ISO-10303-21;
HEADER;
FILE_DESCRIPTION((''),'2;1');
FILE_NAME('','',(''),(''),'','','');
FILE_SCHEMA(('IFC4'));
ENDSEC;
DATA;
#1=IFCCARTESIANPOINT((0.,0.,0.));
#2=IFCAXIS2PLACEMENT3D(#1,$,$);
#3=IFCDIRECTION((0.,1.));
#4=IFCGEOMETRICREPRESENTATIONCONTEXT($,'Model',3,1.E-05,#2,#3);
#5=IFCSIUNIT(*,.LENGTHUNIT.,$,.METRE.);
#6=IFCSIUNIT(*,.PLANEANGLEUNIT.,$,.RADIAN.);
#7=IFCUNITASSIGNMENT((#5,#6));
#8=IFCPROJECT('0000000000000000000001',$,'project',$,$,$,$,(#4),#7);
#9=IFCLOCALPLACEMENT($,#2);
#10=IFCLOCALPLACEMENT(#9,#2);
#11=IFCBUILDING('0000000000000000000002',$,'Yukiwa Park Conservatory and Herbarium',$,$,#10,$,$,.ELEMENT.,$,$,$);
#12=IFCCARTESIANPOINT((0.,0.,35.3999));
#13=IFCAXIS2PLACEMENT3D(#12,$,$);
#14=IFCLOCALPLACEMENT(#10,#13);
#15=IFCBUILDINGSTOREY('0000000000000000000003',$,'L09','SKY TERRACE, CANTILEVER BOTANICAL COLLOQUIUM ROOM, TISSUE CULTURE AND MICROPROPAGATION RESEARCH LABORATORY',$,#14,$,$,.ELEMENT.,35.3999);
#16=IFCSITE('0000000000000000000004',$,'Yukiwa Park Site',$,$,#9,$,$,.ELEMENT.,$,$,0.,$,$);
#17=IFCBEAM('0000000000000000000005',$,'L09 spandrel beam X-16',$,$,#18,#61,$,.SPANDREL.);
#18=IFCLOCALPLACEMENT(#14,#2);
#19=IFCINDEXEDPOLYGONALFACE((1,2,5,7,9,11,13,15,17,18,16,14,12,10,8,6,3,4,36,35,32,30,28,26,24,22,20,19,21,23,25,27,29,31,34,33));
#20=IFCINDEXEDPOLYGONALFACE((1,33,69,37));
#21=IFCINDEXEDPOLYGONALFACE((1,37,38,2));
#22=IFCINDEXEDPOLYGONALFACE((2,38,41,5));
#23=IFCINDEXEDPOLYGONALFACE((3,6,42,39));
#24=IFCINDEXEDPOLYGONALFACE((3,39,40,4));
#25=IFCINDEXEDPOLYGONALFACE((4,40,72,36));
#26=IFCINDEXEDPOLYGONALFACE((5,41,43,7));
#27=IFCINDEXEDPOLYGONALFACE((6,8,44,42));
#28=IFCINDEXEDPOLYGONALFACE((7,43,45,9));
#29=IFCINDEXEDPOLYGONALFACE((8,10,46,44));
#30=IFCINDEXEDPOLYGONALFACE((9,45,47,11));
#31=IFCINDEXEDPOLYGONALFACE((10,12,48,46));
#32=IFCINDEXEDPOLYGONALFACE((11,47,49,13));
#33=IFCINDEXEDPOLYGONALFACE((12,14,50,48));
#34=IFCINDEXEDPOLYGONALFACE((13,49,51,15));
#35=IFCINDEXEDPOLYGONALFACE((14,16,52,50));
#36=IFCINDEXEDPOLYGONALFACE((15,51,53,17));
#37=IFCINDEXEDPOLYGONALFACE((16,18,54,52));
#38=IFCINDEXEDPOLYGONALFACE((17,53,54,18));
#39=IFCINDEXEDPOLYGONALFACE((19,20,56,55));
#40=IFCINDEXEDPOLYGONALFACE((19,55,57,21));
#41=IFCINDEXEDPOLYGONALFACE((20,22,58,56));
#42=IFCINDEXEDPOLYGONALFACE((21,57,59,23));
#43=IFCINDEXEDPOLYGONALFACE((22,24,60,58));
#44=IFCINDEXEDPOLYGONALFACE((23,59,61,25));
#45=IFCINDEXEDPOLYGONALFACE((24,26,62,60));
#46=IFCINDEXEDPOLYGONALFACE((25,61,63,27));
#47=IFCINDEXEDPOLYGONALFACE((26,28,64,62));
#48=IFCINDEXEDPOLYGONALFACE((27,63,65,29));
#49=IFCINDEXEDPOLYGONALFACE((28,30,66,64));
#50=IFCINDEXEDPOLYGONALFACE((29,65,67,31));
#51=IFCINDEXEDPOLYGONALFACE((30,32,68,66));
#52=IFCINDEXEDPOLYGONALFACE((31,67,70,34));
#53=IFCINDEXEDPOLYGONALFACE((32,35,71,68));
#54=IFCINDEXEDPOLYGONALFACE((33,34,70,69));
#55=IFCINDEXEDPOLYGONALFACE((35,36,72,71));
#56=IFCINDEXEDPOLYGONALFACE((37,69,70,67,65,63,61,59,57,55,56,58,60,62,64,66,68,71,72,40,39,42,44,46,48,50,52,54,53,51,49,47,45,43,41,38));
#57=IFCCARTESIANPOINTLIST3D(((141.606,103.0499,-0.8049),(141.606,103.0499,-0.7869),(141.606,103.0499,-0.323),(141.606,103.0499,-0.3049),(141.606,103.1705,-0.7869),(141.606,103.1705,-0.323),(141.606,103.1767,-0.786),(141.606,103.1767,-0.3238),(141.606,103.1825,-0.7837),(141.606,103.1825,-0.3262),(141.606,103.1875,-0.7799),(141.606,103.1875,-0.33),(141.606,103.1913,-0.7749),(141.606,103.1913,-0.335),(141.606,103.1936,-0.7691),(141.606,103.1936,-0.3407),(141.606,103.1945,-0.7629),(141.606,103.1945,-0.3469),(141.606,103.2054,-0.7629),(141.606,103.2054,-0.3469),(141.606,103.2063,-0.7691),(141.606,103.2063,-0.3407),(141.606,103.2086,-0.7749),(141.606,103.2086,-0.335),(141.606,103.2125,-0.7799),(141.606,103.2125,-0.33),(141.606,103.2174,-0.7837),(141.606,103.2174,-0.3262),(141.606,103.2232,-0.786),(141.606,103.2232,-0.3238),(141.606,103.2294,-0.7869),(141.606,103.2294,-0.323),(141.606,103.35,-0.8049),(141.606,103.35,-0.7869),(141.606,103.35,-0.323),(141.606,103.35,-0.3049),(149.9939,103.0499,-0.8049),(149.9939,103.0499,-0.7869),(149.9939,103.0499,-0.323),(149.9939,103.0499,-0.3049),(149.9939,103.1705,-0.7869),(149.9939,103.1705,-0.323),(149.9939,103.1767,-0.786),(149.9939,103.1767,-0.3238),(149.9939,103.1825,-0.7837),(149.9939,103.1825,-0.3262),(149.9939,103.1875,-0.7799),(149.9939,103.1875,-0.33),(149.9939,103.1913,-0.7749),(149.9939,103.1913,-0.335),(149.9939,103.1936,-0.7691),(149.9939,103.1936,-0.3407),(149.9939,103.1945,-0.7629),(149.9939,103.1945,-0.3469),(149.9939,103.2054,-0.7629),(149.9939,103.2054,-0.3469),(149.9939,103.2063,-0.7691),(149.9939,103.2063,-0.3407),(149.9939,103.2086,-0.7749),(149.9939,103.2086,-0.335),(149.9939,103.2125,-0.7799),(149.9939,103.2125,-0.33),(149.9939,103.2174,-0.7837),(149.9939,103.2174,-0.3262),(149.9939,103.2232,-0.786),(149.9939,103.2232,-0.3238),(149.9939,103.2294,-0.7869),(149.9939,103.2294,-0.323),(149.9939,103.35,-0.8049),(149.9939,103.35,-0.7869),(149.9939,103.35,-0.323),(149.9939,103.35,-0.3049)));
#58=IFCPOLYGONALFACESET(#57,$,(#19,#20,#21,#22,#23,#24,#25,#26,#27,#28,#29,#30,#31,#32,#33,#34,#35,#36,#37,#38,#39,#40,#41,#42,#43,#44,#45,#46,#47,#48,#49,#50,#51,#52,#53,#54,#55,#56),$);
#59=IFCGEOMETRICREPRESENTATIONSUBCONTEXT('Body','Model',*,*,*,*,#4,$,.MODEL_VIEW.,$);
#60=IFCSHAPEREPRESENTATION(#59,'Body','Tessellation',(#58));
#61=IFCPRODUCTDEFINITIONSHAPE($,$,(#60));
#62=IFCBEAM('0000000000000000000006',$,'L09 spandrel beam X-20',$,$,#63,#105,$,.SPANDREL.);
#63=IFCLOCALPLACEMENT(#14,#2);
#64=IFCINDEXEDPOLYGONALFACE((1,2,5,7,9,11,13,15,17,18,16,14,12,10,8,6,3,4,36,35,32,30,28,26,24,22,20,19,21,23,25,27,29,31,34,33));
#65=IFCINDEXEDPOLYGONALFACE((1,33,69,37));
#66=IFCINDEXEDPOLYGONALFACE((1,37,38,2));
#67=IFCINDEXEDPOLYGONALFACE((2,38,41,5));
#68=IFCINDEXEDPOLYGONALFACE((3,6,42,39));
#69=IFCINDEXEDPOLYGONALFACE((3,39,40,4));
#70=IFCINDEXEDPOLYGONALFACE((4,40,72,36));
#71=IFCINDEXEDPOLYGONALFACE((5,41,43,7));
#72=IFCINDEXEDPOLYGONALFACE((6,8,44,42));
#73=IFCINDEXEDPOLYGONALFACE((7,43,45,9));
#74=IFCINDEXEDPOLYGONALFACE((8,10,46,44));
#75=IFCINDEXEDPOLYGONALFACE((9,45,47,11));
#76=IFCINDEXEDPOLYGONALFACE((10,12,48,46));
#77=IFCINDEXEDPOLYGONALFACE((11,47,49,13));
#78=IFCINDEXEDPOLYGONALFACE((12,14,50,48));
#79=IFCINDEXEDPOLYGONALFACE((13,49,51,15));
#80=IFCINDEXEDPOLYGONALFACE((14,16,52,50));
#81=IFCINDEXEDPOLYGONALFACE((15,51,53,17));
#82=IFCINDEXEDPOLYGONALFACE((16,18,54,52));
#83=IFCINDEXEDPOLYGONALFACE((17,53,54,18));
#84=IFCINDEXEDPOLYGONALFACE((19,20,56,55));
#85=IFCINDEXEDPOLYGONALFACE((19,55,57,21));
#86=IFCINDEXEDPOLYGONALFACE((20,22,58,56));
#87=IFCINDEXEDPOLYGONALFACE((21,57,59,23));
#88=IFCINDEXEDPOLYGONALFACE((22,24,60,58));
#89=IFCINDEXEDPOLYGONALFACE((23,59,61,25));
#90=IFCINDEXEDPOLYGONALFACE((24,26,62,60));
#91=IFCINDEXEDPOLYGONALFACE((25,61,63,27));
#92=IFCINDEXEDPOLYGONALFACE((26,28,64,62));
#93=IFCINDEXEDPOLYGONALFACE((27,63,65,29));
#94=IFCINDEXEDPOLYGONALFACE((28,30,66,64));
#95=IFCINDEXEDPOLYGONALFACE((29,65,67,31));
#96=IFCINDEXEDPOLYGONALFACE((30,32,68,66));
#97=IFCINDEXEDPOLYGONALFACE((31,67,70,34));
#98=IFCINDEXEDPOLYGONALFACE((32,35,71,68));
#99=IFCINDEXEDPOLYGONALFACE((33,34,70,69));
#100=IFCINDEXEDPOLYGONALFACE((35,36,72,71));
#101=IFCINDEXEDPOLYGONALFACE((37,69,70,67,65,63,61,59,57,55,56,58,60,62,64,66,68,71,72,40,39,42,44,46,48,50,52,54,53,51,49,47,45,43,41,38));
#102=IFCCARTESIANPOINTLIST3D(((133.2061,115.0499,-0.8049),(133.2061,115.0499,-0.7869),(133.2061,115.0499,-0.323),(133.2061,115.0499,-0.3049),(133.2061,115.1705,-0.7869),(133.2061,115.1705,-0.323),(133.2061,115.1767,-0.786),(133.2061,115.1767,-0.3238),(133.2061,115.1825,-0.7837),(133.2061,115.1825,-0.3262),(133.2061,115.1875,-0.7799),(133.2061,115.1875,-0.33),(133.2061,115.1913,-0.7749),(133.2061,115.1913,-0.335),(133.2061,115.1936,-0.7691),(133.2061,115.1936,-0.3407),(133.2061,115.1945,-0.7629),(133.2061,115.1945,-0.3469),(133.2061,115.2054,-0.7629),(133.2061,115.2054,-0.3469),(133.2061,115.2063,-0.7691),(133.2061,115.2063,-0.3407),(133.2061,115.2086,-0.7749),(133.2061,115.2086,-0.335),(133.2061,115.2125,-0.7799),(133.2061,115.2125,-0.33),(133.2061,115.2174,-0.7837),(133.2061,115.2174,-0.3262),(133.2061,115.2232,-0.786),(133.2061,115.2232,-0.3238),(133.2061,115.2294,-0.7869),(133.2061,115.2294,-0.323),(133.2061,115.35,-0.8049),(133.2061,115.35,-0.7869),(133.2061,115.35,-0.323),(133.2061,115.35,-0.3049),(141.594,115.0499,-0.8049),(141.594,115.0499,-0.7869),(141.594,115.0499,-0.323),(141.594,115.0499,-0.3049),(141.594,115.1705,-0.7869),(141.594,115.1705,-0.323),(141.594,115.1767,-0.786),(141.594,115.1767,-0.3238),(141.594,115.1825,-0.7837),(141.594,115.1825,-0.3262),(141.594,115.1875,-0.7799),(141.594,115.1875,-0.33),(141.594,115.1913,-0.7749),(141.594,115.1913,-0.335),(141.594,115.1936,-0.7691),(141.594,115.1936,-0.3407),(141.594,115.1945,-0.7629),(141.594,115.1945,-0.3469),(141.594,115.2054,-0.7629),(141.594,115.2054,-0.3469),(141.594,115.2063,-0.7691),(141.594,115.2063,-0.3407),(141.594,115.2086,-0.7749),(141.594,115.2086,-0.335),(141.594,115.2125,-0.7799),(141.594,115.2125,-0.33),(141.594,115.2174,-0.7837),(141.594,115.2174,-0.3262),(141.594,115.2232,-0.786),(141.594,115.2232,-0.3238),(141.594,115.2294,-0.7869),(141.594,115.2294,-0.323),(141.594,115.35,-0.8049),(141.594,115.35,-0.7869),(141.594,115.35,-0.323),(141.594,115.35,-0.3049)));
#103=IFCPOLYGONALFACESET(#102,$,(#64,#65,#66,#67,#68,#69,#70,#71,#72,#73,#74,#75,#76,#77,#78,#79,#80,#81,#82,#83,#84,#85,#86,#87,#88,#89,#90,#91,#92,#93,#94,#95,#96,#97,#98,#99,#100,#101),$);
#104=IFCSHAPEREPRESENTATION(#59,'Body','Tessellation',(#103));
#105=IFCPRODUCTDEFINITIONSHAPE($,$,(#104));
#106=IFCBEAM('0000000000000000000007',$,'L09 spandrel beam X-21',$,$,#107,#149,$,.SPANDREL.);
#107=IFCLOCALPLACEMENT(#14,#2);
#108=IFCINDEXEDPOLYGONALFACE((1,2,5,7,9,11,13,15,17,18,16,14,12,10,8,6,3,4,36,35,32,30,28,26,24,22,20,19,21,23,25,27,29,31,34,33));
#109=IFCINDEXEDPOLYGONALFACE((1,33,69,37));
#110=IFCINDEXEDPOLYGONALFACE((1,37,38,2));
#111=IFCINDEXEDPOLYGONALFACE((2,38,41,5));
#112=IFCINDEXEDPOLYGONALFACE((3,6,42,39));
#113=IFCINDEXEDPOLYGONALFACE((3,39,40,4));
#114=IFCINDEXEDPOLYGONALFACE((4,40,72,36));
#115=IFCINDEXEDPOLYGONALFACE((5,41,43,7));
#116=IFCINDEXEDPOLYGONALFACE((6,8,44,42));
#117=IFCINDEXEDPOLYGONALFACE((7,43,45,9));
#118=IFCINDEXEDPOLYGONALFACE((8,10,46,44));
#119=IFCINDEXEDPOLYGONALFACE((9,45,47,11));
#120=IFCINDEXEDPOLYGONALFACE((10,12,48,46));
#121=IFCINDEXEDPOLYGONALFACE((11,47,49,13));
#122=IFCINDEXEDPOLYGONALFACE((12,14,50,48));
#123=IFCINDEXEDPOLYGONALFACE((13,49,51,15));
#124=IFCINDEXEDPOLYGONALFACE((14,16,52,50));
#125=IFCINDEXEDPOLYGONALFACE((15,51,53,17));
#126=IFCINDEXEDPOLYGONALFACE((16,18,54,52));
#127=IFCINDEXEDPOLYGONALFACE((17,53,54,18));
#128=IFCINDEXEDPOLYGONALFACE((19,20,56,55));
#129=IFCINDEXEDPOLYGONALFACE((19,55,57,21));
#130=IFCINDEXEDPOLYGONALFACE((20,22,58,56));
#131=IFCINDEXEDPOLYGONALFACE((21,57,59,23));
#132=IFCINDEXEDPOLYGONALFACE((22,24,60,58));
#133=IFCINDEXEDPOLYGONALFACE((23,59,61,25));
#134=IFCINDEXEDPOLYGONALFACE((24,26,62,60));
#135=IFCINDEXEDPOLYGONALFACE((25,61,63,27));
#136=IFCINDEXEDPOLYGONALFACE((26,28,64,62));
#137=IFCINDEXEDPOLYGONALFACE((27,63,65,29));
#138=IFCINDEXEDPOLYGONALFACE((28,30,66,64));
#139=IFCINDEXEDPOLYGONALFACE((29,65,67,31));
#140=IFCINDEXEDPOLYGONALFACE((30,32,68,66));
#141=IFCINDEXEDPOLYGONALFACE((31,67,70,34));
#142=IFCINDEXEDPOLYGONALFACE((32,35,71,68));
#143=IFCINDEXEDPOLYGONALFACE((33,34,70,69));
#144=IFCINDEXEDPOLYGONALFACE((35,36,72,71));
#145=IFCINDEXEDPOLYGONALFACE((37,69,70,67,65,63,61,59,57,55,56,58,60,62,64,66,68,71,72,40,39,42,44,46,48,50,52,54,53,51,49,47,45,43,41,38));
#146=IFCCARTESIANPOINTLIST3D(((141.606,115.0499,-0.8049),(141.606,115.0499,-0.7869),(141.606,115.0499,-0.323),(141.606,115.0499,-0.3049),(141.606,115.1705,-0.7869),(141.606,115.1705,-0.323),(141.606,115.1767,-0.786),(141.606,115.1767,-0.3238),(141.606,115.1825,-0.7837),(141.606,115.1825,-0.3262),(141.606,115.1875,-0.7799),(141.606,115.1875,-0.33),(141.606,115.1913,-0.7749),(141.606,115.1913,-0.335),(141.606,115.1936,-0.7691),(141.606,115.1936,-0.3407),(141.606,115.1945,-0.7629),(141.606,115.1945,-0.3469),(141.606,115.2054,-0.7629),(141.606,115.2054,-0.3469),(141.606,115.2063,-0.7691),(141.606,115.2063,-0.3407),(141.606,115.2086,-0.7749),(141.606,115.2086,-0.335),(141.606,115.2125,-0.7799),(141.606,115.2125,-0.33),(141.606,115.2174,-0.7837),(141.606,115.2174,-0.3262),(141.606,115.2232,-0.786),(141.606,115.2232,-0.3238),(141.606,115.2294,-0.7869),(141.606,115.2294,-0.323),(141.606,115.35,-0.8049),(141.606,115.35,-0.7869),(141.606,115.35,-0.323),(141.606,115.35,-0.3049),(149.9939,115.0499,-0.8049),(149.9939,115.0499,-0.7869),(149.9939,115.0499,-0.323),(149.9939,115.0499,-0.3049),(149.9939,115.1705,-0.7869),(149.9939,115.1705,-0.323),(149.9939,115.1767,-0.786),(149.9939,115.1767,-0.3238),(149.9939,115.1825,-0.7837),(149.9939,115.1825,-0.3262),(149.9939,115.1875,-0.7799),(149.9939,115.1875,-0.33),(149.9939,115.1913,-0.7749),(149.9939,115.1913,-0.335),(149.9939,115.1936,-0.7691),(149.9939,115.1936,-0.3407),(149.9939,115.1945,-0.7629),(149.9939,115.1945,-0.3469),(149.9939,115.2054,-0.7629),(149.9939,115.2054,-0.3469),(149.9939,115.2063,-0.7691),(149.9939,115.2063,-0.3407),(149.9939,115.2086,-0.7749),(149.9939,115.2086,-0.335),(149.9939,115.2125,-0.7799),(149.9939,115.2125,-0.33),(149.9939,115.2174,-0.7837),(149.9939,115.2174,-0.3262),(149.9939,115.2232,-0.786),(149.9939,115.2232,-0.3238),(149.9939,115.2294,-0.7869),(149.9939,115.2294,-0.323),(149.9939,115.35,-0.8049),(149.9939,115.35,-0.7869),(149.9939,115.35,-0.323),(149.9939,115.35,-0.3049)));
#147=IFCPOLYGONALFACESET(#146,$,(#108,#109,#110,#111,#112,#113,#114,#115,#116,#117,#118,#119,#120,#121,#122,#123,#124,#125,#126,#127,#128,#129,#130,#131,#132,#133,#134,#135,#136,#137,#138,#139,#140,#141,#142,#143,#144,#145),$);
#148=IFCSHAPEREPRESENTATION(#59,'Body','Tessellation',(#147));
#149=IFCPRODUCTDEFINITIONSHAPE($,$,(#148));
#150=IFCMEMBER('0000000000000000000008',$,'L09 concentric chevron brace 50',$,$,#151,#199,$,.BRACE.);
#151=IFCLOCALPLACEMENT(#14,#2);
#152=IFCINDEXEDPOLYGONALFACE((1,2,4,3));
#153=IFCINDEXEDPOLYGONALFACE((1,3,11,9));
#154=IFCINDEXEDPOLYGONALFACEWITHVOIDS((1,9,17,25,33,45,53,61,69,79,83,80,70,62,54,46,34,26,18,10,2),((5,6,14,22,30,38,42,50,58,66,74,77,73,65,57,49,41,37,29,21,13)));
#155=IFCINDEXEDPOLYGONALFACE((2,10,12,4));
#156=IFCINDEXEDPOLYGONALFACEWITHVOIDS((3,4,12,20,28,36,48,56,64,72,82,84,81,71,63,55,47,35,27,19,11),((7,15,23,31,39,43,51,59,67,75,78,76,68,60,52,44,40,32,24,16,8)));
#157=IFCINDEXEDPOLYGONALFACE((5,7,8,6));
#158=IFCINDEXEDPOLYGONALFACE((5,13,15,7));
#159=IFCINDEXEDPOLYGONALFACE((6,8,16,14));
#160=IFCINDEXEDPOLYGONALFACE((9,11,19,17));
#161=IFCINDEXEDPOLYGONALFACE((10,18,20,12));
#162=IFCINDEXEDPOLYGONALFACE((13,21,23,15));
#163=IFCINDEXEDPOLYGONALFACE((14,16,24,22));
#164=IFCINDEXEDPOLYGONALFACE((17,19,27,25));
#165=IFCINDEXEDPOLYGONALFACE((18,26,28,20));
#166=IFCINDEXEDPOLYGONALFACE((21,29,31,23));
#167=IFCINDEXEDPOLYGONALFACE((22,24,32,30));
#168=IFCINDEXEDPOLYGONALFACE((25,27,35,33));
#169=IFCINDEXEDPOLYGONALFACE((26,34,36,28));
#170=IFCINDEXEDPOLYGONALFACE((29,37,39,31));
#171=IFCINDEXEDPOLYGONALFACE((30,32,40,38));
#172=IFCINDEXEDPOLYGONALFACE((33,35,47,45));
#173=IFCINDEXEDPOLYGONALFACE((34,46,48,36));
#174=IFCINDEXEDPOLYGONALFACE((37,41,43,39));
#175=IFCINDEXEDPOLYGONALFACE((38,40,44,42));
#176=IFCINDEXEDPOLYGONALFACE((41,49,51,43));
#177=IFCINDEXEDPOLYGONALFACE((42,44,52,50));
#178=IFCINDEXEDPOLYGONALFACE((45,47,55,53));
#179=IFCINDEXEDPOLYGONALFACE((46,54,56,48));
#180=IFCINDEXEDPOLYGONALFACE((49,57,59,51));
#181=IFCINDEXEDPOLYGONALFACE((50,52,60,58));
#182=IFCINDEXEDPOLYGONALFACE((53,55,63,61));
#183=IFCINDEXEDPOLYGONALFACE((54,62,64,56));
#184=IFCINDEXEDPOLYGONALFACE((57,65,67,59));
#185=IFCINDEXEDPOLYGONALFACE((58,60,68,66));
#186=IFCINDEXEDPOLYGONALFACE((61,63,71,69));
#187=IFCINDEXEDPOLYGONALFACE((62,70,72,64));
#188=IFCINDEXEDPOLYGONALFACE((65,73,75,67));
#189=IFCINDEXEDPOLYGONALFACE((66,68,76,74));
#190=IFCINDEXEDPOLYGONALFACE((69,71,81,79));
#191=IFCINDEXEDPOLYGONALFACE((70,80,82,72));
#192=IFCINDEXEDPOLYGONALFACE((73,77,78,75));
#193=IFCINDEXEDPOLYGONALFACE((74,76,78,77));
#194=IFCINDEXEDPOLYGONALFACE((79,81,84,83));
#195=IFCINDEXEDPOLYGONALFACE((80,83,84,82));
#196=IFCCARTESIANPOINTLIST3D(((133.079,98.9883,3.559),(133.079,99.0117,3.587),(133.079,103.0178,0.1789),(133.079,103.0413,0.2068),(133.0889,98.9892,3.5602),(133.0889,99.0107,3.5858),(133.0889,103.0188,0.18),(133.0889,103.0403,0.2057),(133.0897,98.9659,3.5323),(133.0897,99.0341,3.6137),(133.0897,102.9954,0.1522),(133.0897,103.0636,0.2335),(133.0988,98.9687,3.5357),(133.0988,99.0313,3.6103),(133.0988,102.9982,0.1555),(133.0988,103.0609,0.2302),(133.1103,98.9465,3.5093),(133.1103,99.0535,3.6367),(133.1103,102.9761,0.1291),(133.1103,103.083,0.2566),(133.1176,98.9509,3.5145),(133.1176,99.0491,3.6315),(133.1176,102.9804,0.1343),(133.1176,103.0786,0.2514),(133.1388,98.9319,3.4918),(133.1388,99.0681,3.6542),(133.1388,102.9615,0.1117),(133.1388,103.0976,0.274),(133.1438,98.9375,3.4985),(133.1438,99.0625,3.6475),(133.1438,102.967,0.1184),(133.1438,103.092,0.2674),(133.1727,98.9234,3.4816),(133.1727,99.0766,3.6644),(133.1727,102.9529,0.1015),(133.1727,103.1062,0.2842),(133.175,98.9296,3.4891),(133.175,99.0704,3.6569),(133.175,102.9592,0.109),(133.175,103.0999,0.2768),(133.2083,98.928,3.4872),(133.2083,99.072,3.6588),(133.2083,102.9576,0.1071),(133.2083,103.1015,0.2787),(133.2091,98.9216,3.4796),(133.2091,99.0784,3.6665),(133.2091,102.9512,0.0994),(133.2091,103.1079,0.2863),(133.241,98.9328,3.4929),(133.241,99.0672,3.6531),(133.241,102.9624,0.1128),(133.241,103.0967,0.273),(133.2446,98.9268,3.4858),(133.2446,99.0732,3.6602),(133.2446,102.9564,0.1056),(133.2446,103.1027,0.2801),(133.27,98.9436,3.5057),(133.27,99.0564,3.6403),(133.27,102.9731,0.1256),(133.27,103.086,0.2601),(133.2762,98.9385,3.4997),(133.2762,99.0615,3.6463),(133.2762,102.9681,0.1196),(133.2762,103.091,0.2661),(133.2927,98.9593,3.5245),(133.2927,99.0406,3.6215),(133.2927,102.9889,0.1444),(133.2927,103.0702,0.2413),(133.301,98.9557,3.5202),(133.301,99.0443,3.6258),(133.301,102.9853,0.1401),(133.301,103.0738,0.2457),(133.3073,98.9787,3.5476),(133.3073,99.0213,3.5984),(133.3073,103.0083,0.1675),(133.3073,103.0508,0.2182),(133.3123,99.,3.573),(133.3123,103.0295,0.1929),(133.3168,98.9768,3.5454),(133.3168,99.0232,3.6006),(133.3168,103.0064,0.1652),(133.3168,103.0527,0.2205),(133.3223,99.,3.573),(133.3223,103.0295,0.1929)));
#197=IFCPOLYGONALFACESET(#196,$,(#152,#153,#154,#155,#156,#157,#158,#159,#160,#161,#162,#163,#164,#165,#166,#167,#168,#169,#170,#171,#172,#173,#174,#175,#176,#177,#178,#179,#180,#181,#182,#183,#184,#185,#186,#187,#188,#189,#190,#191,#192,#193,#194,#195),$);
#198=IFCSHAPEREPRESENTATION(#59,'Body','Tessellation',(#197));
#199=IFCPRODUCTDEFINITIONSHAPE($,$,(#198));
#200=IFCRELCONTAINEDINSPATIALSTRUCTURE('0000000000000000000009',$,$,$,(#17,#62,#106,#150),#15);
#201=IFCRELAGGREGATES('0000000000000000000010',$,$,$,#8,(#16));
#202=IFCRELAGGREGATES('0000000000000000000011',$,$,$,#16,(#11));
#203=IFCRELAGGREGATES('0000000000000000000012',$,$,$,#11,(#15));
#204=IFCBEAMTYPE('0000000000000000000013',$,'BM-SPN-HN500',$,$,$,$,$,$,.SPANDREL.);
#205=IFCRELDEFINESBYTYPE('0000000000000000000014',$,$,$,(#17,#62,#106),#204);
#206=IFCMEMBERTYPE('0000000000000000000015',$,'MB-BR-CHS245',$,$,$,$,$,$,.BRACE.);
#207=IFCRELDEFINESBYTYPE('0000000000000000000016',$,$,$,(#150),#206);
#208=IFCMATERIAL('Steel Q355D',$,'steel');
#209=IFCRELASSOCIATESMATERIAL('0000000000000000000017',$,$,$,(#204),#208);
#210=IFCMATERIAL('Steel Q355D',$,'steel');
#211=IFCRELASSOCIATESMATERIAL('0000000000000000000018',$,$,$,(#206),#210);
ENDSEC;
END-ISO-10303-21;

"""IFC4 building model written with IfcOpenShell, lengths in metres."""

from ifc_helpers import new_model, si_unit, direction, frame, origin, origin_2d, place, context, subcontext, project, spatial, hollow_circle, i_section, extrude, material, material_profile, profile_set, type_object, element, save


model = new_model("IFC4")

# Units and contexts
model_context = context("Model", 3, precision=1e-05, world=origin(), true_north=direction((0.0, 1.0)))
body_context = subcontext(model_context, "Body", "Model", "MODEL_VIEW")
ifc_project = project(units=[si_unit("LENGTHUNIT", "METRE"), si_unit("PLANEANGLEUNIT", "RADIAN")], contexts=[model_context])

# Site, building, storey
site_placement = place(None, origin())
site = spatial("IfcSite", under=ifc_project, at=site_placement, Name="Yukiwa Park Site", CompositionType="ELEMENT", RefElevation=0.0)
building_placement = place(site_placement, origin())
building = spatial("IfcBuilding", under=site, at=building_placement, Name="Yukiwa Park Conservatory and Herbarium", CompositionType="ELEMENT")
storey_placement = place(building_placement, frame((0.0, 0.0, 35.3999)))
storey = spatial("IfcBuildingStorey", under=building, at=storey_placement, Name="L09", Description="SKY TERRACE, CANTILEVER BOTANICAL COLLOQUIUM ROOM, TISSUE CULTURE AND MICROPROPAGATION RESEARCH LABORATORY", CompositionType="ELEMENT", Elevation=35.3999)

# Beams
ifc_material_1 = material(Name="Steel Q355D", Category="steel")
ifc_material_profile_1 = material_profile(ifc_material_1, i_section(OverallWidth=0.3, OverallDepth=0.5, WebThickness=0.011, FlangeThickness=0.0181, FilletRadius=0.0239, at=origin_2d()), Name="HM 500x300x11x18")
ifc_profile_set_1 = profile_set([ifc_material_profile_1], Name="Steel Q355D")
beam_type_1 = type_object("IfcBeamType", Name="BM-SPN-HN500", PredefinedType="SPANDREL", material=ifc_profile_set_1)
for number, where, z_axis, x_axis, name in (
    (1, (141.606, 103.2, -0.5549), (1.0, 0.0, 0.0), (0.0, 1.0, 0.0), "L09 spandrel beam X-16"),
    (2, (133.2061, 115.2, -0.5549), (1.0, 0.0, 0.0), (0.0, 1.0, 0.0), "L09 spandrel beam X-20"),
    (3, (141.606, 115.2, -0.5549), (1.0, 0.0, 0.0), (0.0, 1.0, 0.0), "L09 spandrel beam X-21"),
):
    element("IfcBeam", number, at=place(storey_placement, frame(where, z_axis=z_axis, x_axis=x_axis)), inside=storey, type_object=beam_type_1, Name=name, PredefinedType="SPANDREL", context=body_context, shape_type="SweptSolid", body=[
        extrude(i_section(OverallWidth=0.3, OverallDepth=0.5, WebThickness=0.011, FlangeThickness=0.0181, FilletRadius=0.0239, at=origin_2d()), origin(), (0.0, 0.0, 1.0), 8.3879),
    ])

# Member
ifc_material_2 = material(Name="Steel Q355D", Category="steel")
ifc_material_profile_2 = material_profile(ifc_material_2, hollow_circle(Radius=0.1223, WallThickness=0.01, at=origin_2d()), Name="CHS 244.5x10")
ifc_profile_set_2 = profile_set([ifc_material_profile_2], Name="Steel Q355D")
member_type = type_object("IfcMemberType", Name="MB-BR-CHS245", PredefinedType="BRACE", material=ifc_profile_set_2)
member_placement = place(storey_placement, frame((133.2, 103.0295, 0.1929), z_axis=(0.0, -0.766144, 0.642669), x_axis=(1.0, 0.0, 0.0)))
element("IfcMember", 4, at=member_placement, inside=storey, type_object=member_type, Name="L09 concentric chevron brace 50", PredefinedType="BRACE", context=body_context, shape_type="SweptSolid", body=[
    extrude(hollow_circle(Radius=0.1223, WallThickness=0.01, at=origin_2d()), origin(), (0.0, 0.0, 1.0), 5.2595),
])

save(model, "model.ifc")
